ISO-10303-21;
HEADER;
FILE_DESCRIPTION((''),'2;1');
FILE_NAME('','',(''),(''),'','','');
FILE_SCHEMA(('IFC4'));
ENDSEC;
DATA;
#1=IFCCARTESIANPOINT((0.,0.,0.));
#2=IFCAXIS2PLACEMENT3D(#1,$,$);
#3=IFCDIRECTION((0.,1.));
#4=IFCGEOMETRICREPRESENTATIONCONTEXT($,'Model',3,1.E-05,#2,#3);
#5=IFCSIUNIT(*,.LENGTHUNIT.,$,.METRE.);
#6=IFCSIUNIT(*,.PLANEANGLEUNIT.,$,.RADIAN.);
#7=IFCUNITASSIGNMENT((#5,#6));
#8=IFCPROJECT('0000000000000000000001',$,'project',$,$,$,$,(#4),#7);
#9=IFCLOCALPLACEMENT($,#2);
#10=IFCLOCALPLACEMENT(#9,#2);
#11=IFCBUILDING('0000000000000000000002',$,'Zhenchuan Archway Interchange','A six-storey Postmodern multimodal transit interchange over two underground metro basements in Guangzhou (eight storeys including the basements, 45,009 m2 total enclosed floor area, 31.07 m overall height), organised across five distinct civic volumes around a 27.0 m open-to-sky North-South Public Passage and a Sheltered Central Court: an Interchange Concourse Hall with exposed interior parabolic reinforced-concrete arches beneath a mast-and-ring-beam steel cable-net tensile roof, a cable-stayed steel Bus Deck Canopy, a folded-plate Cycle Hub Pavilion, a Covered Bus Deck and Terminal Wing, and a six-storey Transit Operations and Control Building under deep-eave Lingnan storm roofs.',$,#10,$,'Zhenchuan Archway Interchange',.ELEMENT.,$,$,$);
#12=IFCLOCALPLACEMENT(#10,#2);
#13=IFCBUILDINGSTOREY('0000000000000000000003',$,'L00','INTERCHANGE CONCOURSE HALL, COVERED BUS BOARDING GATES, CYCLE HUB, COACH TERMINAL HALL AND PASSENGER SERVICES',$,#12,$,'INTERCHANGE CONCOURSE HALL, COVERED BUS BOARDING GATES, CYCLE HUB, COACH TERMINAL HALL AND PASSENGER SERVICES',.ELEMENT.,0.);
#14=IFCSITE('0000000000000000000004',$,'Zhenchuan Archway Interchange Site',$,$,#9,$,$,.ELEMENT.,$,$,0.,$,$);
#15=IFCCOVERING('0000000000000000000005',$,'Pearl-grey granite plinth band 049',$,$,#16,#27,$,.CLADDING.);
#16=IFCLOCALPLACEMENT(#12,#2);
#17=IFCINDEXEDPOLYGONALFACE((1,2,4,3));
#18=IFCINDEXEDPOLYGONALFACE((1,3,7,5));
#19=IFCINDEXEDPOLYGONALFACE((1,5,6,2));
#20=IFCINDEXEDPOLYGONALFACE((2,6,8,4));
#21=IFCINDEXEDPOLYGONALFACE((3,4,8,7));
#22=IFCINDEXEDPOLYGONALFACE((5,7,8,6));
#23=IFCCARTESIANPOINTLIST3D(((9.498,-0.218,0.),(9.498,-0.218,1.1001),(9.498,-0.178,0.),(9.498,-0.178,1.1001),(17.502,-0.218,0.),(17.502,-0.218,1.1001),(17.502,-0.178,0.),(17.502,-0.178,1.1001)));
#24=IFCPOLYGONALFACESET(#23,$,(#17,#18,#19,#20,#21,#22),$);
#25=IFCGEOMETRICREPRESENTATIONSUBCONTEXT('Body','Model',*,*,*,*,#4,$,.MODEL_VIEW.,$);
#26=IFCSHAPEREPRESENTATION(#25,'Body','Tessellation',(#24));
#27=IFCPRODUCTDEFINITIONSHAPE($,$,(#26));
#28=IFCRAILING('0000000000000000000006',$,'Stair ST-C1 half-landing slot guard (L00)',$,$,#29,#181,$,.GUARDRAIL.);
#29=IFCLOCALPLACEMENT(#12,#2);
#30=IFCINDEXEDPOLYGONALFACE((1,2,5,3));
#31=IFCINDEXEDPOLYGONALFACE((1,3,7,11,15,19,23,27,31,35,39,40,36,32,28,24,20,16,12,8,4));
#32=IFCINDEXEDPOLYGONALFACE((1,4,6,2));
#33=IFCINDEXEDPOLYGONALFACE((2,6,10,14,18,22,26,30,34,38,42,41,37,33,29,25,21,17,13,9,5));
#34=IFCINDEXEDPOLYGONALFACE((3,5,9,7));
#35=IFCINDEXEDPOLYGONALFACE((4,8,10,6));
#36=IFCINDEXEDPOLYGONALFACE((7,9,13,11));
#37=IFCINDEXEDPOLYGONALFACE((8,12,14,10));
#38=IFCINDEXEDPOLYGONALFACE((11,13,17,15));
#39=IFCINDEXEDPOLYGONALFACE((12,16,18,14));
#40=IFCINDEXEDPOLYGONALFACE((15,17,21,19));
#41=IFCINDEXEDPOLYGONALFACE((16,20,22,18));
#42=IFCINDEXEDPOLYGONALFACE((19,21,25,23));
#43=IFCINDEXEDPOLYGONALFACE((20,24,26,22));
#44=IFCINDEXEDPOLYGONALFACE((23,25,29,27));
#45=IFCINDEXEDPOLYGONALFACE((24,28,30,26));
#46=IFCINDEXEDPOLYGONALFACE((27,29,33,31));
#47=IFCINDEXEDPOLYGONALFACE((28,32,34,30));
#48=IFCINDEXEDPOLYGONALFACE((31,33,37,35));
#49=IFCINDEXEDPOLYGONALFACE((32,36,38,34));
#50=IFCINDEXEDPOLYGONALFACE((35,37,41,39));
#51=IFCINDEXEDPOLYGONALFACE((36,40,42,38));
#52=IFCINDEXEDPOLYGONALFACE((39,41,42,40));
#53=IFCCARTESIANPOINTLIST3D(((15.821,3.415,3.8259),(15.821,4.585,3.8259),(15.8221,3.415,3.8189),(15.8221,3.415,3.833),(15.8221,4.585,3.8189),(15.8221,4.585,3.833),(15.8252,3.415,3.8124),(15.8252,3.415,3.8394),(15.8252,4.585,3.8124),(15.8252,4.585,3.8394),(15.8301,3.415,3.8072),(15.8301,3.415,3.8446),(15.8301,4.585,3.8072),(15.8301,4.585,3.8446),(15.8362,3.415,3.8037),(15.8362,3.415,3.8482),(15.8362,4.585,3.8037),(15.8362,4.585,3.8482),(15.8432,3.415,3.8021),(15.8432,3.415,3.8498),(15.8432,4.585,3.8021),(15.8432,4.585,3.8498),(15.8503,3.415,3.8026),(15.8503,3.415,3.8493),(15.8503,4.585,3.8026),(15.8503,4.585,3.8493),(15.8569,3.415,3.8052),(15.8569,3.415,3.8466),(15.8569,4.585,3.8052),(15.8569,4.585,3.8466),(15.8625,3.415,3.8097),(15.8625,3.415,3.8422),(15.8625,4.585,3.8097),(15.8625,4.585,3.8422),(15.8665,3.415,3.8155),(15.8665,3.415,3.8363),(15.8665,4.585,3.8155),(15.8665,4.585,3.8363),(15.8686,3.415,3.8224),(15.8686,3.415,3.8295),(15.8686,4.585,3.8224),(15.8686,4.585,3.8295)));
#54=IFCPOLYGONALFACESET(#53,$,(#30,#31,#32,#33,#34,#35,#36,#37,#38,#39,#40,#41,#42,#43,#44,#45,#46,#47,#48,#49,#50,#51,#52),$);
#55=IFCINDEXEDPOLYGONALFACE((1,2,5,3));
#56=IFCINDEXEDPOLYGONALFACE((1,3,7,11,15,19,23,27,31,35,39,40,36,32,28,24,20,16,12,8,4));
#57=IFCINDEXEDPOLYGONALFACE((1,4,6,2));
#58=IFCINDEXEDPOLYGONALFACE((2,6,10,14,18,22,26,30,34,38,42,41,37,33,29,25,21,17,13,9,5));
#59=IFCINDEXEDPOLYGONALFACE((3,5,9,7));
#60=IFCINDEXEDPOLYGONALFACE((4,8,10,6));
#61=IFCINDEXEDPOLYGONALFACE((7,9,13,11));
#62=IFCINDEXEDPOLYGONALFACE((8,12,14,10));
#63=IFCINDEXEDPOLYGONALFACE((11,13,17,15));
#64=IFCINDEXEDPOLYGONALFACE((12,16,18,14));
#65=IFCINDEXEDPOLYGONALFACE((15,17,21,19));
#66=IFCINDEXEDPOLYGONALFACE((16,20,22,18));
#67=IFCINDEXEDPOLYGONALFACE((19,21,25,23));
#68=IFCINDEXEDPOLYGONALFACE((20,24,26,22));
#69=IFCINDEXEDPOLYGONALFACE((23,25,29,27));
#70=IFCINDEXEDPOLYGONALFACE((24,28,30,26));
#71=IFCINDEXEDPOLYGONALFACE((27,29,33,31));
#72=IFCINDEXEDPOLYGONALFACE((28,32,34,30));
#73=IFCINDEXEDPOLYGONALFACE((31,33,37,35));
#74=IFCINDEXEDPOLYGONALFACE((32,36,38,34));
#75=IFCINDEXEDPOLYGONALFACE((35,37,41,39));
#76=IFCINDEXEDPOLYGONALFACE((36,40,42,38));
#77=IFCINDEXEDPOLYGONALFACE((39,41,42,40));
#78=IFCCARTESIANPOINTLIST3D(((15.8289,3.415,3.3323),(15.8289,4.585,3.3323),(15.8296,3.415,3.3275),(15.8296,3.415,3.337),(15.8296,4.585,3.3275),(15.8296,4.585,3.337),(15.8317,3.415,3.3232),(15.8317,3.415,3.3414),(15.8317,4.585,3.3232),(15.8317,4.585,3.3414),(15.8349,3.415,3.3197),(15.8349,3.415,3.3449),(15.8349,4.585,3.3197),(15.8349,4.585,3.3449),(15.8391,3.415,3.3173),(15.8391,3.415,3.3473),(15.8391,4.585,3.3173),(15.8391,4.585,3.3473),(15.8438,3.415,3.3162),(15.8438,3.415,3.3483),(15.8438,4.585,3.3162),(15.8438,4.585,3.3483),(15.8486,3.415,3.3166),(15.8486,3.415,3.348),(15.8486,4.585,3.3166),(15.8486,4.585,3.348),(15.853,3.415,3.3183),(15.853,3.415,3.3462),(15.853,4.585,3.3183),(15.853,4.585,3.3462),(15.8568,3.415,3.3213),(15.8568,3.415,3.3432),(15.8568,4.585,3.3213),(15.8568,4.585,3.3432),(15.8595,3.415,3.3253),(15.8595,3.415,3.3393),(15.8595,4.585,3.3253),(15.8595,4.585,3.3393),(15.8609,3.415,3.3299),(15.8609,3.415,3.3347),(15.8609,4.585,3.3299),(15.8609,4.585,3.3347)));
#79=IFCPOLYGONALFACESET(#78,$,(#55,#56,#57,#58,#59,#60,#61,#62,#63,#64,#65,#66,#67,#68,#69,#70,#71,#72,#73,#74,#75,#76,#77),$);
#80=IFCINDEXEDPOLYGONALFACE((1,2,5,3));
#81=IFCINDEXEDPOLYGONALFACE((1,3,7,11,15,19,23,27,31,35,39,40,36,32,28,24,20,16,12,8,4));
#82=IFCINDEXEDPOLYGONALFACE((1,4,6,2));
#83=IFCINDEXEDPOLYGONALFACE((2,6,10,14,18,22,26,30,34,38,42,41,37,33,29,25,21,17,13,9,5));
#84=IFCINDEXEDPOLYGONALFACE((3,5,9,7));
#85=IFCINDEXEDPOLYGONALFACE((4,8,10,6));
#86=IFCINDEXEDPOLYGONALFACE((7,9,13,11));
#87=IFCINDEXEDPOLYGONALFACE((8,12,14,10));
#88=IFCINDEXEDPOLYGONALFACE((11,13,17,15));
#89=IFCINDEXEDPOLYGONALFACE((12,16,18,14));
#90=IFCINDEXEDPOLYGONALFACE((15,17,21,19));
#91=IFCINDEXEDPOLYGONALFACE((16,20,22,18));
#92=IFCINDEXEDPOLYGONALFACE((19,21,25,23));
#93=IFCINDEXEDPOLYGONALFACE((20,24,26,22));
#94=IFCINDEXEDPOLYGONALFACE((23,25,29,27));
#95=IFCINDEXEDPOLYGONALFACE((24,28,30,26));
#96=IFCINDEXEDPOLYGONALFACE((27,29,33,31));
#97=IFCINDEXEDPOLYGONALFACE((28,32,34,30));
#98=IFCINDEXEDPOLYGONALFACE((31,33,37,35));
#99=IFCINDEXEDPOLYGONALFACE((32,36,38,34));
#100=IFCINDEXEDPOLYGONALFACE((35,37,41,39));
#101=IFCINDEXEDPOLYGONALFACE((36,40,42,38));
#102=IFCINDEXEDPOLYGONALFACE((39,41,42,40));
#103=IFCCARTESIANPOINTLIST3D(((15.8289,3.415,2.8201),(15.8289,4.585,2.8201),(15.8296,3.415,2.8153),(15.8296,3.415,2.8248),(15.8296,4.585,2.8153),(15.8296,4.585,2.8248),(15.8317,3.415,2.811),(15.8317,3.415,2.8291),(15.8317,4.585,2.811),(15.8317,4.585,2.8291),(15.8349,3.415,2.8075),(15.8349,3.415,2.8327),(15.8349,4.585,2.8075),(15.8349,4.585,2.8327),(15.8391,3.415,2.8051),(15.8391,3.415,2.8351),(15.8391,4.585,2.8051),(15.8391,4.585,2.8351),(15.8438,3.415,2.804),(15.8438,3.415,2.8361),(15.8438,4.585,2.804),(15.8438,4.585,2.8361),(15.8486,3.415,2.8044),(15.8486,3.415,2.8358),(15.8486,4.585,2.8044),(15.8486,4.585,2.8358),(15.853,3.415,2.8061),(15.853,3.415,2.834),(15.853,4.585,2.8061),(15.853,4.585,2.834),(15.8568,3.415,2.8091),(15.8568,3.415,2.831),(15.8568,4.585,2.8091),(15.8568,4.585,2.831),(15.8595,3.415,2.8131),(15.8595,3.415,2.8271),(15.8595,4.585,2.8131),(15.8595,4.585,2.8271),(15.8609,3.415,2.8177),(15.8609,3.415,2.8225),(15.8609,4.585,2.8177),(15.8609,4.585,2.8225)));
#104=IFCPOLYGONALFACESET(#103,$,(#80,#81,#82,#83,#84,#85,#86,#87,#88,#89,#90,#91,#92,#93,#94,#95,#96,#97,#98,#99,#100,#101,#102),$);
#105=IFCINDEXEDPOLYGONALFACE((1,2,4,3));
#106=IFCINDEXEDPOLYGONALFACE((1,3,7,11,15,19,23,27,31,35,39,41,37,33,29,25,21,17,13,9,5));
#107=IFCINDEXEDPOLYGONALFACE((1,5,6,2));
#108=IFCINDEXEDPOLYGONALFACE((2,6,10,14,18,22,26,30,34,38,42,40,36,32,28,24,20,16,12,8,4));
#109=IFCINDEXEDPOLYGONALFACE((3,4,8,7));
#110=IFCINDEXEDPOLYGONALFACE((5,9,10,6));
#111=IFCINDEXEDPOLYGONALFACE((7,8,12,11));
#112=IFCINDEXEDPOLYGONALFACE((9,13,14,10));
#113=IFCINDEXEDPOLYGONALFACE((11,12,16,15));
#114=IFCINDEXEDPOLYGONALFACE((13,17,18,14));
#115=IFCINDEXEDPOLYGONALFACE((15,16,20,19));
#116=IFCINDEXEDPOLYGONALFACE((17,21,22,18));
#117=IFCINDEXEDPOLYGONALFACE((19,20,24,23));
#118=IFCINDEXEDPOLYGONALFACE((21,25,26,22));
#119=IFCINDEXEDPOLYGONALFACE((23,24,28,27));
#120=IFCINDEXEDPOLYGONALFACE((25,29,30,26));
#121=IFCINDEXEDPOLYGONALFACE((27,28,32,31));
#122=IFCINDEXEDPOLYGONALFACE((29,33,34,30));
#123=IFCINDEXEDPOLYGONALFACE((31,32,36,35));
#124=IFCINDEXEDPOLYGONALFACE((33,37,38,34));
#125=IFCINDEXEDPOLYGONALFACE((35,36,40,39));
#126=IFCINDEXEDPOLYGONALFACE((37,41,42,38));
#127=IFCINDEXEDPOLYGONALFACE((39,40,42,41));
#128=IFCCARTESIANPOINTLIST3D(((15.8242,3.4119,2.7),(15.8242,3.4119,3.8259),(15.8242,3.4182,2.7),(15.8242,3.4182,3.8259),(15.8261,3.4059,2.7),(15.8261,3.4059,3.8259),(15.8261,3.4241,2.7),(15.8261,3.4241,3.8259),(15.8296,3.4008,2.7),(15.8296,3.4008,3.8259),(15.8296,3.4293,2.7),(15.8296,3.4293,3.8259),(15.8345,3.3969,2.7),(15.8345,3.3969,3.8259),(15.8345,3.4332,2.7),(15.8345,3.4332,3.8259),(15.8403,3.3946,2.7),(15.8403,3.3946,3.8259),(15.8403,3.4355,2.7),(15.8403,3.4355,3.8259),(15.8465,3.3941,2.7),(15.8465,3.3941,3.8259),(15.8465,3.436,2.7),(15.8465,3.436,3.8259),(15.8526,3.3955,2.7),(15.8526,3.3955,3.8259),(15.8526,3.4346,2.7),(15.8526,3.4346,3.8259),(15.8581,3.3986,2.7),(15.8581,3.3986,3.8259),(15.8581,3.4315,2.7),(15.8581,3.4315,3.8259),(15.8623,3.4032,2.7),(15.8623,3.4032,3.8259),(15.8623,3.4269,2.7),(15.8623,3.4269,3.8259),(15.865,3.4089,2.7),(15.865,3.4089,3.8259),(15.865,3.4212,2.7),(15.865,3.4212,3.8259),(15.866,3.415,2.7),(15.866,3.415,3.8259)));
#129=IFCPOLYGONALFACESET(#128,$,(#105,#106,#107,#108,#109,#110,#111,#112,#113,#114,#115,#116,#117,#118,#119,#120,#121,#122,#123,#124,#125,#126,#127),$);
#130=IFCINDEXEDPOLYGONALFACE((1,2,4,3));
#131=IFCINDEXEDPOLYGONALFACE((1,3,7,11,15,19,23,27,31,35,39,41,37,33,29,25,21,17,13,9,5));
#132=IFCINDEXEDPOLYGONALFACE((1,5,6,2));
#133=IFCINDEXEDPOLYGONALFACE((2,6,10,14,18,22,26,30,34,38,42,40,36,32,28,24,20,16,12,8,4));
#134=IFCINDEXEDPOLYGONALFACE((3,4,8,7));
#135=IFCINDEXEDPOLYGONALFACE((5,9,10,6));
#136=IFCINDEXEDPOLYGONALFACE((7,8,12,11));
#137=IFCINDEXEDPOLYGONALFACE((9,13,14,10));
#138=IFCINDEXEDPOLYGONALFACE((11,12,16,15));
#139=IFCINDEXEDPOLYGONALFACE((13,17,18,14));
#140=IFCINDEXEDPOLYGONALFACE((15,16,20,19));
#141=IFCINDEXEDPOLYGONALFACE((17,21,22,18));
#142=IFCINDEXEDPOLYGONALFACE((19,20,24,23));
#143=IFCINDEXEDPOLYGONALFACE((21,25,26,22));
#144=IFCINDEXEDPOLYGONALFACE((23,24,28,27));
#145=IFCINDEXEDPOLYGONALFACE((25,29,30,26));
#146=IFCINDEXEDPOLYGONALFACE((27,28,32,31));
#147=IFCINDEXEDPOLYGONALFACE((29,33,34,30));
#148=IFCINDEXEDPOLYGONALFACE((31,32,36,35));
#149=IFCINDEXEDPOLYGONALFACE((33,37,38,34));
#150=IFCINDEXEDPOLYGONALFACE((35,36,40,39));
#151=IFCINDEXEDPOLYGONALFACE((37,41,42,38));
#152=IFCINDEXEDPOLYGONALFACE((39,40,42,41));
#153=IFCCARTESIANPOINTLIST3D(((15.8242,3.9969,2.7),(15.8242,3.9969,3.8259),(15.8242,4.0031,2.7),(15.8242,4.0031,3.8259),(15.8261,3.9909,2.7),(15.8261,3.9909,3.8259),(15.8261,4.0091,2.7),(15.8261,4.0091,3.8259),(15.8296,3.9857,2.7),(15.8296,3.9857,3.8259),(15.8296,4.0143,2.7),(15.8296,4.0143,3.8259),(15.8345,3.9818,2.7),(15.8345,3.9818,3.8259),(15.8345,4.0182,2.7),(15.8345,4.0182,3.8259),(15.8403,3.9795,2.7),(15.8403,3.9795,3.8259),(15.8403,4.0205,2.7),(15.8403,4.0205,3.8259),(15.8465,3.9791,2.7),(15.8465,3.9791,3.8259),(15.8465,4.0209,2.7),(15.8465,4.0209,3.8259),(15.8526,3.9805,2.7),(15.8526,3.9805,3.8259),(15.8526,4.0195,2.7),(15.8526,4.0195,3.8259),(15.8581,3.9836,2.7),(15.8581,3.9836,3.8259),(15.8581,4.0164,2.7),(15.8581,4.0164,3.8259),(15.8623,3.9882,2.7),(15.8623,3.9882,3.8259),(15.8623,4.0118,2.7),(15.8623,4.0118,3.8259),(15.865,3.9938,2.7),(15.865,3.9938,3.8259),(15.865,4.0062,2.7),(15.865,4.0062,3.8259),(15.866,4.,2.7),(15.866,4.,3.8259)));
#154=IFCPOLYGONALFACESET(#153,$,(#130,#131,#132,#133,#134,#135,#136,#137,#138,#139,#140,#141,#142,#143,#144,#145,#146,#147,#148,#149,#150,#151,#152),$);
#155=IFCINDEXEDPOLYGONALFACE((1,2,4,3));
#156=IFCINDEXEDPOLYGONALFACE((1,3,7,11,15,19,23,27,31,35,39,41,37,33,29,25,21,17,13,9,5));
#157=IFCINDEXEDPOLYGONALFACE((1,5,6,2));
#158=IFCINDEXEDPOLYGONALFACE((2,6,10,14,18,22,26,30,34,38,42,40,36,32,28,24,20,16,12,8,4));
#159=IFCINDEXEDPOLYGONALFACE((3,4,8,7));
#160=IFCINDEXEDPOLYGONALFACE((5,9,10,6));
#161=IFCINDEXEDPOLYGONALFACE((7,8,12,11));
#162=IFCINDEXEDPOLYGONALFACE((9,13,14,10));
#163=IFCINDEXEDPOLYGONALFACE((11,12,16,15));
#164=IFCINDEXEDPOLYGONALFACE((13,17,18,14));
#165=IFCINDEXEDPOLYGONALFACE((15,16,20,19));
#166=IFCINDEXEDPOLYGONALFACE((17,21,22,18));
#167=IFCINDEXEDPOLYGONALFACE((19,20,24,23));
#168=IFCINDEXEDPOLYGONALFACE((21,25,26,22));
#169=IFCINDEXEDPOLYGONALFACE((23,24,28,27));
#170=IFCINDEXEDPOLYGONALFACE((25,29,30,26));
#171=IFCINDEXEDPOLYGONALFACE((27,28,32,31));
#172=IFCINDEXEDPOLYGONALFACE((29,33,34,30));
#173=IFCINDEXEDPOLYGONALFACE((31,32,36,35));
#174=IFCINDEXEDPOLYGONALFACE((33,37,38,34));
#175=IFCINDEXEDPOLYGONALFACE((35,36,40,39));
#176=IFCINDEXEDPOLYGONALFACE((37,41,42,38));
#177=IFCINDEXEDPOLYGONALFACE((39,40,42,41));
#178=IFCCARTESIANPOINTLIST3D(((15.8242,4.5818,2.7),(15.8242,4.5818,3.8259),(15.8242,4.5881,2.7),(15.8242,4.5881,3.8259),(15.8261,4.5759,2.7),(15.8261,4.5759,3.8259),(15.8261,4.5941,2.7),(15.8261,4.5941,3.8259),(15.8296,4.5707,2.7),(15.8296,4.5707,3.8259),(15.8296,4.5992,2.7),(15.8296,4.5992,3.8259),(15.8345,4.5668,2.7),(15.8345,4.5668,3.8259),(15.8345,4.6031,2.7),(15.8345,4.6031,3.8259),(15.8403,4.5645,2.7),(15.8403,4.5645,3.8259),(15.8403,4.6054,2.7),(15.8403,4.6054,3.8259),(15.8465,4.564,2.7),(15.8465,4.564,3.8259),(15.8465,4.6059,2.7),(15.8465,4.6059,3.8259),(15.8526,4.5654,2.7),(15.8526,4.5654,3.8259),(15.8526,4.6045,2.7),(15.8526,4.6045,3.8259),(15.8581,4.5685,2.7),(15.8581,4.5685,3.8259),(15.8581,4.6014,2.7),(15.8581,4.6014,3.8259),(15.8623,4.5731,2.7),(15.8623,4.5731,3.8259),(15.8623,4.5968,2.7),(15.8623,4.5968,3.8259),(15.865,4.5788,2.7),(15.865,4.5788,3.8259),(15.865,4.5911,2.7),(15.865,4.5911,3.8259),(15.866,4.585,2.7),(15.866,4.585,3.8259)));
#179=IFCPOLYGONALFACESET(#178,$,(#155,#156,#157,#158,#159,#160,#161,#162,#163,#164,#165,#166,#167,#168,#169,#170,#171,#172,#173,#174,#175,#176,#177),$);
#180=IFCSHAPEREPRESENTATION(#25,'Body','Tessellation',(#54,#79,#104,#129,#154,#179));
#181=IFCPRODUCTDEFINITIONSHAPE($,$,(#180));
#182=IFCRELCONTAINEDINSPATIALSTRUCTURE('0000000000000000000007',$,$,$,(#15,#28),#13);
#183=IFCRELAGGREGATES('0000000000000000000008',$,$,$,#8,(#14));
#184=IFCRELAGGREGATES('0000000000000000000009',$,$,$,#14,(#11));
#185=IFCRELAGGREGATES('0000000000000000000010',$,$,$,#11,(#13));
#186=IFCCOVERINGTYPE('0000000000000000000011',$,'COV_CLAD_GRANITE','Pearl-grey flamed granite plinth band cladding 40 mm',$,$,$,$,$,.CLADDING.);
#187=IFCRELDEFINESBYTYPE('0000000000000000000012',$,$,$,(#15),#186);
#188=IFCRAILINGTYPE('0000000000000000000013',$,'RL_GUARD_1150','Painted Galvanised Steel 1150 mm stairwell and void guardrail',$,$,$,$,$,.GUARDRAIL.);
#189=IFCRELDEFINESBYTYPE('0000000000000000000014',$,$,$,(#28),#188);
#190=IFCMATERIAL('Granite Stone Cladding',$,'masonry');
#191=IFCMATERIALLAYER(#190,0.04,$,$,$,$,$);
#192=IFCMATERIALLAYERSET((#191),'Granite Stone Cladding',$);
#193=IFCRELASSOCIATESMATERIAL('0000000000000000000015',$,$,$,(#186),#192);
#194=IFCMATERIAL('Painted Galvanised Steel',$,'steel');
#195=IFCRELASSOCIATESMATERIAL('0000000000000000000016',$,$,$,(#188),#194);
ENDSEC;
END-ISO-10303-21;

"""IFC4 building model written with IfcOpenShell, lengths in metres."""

from ifc_helpers import new_model, si_unit, direction, frame, origin, origin_2d, place, context, subcontext, project, spatial, rectangle, circle, extrude, material, layer, layer_set, type_object, element, save


model = new_model("IFC4")

# Units and contexts
model_context = context("Model", 3, precision=1e-05, world=origin(), true_north=direction((0.0, 1.0)))
body_context = subcontext(model_context, "Body", "Model", "MODEL_VIEW")
ifc_project = project(units=[si_unit("LENGTHUNIT", "METRE"), si_unit("PLANEANGLEUNIT", "RADIAN")], contexts=[model_context])

# Site, building, storey
site_placement = place(None, origin())
site = spatial("IfcSite", under=ifc_project, at=site_placement, Name="Zhenchuan Archway Interchange Site", CompositionType="ELEMENT", RefElevation=0.0)
building_placement = place(site_placement, origin())
building = spatial("IfcBuilding", under=site, at=building_placement, Name="Zhenchuan Archway Interchange", Description="A six-storey Postmodern multimodal transit interchange over two underground metro basements in Guangzhou (eight storeys including the basements, 45,009 m2 total enclosed floor area, 31.07 m overall height), organised across five distinct civic volumes around a 27.0 m open-to-sky North-South Public Passage and a Sheltered Central Court: an Interchange Concourse Hall with exposed interior parabolic reinforced-concrete arches beneath a mast-and-ring-beam steel cable-net tensile roof, a cable-stayed steel Bus Deck Canopy, a folded-plate Cycle Hub Pavilion, a Covered Bus Deck and Terminal Wing, and a six-storey Transit Operations and Control Building under deep-eave Lingnan storm roofs.", LongName="Zhenchuan Archway Interchange", CompositionType="ELEMENT")
storey_placement = place(building_placement, origin())
storey = spatial("IfcBuildingStorey", under=building, at=storey_placement, Name="L00", Description="INTERCHANGE CONCOURSE HALL, COVERED BUS BOARDING GATES, CYCLE HUB, COACH TERMINAL HALL AND PASSENGER SERVICES", LongName="INTERCHANGE CONCOURSE HALL, COVERED BUS BOARDING GATES, CYCLE HUB, COACH TERMINAL HALL AND PASSENGER SERVICES", CompositionType="ELEMENT", Elevation=0.0)

# Shared definitions
ifc_material_1 = material(Name="Painted Galvanised Steel", Category="steel")

# Covering
ifc_material_2 = material(Name="Granite Stone Cladding", Category="masonry")
ifc_layer_1 = layer(ifc_material_2, 0.04)
ifc_layer_set_1 = layer_set([ifc_layer_1], Name="Granite Stone Cladding")
covering_type = type_object("IfcCoveringType", Name="COV_CLAD_GRANITE", Description="Pearl-grey flamed granite plinth band cladding 40 mm", PredefinedType="CLADDING", material=ifc_layer_set_1)
covering_placement = place(storey_placement, frame((13.5, -0.198, 0.0), z_axis=(0.0, 0.0, 1.0), x_axis=(-1.0, 0.0, 0.0)))
element("IfcCovering", 1, at=covering_placement, inside=storey, type_object=covering_type, Name="Pearl-grey granite plinth band 049", PredefinedType="CLADDING", context=body_context, shape_type="SweptSolid", body=[
    extrude(rectangle(XDim=8.0039, YDim=0.04, at=origin_2d()), origin(), (0.0, 0.0, 1.0), 1.1001),
])

# Railing
railing_type_1 = type_object("IfcRailingType", Name="RL_GUARD_1150", Description="Painted Galvanised Steel 1150 mm stairwell and void guardrail", PredefinedType="GUARDRAIL", material=ifc_material_1)
for number, where, name in (
    (2, (15.845, 3.415, 2.7), "Stair ST-C1 half-landing slot guard (L00)"),
):
    element("IfcRailing", number, at=place(storey_placement, frame(where)), inside=storey, type_object=railing_type_1, Name=name, PredefinedType="GUARDRAIL", context=body_context, shape_type="SweptSolid", body=[
        extrude(circle(Radius=0.0239, at=origin_2d()), frame((0.0, 0.0, 1.126), z_axis=(0.0, 1.0, 0.0), x_axis=(-1.0, 0.0, 0.0)), (0.0, 0.0, 1.0), 1.1699),
        extrude(circle(Radius=0.0161, at=origin_2d()), frame((0.0, 0.0, 0.6323), z_axis=(0.0, 1.0, 0.0), x_axis=(-1.0, 0.0, 0.0)), (0.0, 0.0, 1.0), 1.1699),
        extrude(circle(Radius=0.0161, at=origin_2d()), frame((0.0, 0.0, 0.1201), z_axis=(0.0, 1.0, 0.0), x_axis=(-1.0, 0.0, 0.0)), (0.0, 0.0, 1.0), 1.1699),
        extrude(circle(Radius=0.021, at=origin_2d()), origin(), (0.0, 0.0, 1.0), 1.126),
        extrude(circle(Radius=0.021, at=origin_2d()), frame((0.0, 0.585, 0.0)), (0.0, 0.0, 1.0), 1.126),
        extrude(circle(Radius=0.021, at=origin_2d()), frame((0.0, 1.1699, 0.0)), (0.0, 0.0, 1.0), 1.126),
    ])

save(model, "model.ifc")
